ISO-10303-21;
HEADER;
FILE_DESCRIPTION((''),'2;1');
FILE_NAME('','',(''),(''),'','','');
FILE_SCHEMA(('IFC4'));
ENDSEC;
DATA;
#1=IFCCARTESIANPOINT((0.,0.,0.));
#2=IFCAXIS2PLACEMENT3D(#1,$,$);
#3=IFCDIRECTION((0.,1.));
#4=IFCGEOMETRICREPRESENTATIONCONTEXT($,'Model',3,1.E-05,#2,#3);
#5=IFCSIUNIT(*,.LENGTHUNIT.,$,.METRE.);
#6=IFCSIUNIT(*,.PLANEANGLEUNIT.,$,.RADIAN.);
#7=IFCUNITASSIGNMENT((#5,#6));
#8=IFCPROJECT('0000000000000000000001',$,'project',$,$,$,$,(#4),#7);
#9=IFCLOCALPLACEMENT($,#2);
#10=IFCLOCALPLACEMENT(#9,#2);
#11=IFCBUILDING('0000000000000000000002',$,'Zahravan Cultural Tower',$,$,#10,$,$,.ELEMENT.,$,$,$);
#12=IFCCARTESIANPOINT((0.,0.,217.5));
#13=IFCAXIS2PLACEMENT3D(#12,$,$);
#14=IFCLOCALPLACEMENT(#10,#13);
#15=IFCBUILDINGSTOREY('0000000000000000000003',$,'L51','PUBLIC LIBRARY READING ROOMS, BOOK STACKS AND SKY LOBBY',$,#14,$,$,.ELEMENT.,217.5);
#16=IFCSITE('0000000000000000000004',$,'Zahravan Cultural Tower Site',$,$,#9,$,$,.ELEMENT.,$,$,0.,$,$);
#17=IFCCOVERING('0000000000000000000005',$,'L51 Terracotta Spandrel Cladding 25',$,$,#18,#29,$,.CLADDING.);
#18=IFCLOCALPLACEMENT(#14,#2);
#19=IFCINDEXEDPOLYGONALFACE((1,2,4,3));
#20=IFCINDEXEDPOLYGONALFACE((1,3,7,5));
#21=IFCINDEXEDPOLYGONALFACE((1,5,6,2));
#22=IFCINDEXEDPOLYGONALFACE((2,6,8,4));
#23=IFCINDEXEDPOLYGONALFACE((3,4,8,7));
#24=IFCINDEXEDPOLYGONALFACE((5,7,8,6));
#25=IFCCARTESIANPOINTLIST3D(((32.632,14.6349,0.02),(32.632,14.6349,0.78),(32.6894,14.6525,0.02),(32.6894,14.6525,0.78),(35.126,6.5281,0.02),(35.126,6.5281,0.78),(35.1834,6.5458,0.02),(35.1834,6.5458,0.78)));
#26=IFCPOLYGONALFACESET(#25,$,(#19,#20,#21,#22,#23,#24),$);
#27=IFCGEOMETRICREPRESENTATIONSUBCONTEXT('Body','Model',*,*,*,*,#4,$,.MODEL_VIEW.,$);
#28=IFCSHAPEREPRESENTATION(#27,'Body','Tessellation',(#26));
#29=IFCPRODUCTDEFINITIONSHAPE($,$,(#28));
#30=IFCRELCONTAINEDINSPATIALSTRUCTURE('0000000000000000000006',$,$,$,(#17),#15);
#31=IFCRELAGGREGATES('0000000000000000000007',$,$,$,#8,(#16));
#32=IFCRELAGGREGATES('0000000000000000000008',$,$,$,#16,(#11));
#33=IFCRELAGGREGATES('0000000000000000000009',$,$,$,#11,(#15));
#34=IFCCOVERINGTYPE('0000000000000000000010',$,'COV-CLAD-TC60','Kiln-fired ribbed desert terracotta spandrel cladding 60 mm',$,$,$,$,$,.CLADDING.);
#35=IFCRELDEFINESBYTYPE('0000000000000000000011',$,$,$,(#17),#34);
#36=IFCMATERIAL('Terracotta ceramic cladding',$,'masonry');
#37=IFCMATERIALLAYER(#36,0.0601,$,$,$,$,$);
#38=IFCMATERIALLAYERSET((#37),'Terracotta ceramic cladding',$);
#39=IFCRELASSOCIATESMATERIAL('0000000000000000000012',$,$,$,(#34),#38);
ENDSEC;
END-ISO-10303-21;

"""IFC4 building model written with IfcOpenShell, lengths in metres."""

from ifc_helpers import new_model, si_unit, direction, frame, origin, origin_2d, place, context, subcontext, project, spatial, rectangle, extrude, source, transform, mapped, material, layer, layer_set, type_object, element, save


model = new_model("IFC4")

# Units and contexts
model_context = context("Model", 3, precision=1e-05, world=origin(), true_north=direction((0.0, 1.0)))
body_context = subcontext(model_context, "Body", "Model", "MODEL_VIEW")
ifc_project = project(units=[si_unit("LENGTHUNIT", "METRE"), si_unit("PLANEANGLEUNIT", "RADIAN")], contexts=[model_context])

# Site, building, storey
site_placement = place(None, origin())
site = spatial("IfcSite", under=ifc_project, at=site_placement, Name="Zahravan Cultural Tower Site", CompositionType="ELEMENT", RefElevation=0.0)
building_placement = place(site_placement, origin())
building = spatial("IfcBuilding", under=site, at=building_placement, Name="Zahravan Cultural Tower", CompositionType="ELEMENT")
storey_placement = place(building_placement, frame((0.0, 0.0, 217.5)))
storey = spatial("IfcBuildingStorey", under=building, at=storey_placement, Name="L51", Description="PUBLIC LIBRARY READING ROOMS, BOOK STACKS AND SKY LOBBY", CompositionType="ELEMENT", Elevation=217.5)

# Covering
ifc_material_1 = material(Name="Terracotta ceramic cladding", Category="masonry")
ifc_layer_1 = layer(ifc_material_1, 0.0601)
ifc_layer_set_1 = layer_set([ifc_layer_1], Name="Terracotta ceramic cladding")
covering_type = type_object("IfcCoveringType", Name="COV-CLAD-TC60", Description="Kiln-fired ribbed desert terracotta spandrel cladding 60 mm", PredefinedType="CLADDING", material=ifc_layer_set_1)
shared_shape_1 = source(origin(), body_context, "Body", "SweptSolid", [
    extrude(rectangle(XDim=8.4817, YDim=0.0601, at=origin_2d()), origin(), (0.0, 0.0, 1.0), 0.76),
])
covering_placement = place(storey_placement, frame((33.9077, 10.5903, 0.02), z_axis=(0.0, 0.0, 1.0), x_axis=(-0.29404, 0.955793, 0.0)))
element("IfcCovering", 1, at=covering_placement, inside=storey, type_object=covering_type, Name="L51 Terracotta Spandrel Cladding 25", PredefinedType="CLADDING", context=body_context, shape_type="MappedRepresentation", body=[
    mapped(shared_shape_1, transform((0.0, 0.0, 0.0), x_axis=(1.0, 0.0, 0.0), y_axis=(0.0, 1.0, 0.0), z_axis=(0.0, 0.0, 1.0), scale=1.0)),
])

save(model, "model.ifc")
